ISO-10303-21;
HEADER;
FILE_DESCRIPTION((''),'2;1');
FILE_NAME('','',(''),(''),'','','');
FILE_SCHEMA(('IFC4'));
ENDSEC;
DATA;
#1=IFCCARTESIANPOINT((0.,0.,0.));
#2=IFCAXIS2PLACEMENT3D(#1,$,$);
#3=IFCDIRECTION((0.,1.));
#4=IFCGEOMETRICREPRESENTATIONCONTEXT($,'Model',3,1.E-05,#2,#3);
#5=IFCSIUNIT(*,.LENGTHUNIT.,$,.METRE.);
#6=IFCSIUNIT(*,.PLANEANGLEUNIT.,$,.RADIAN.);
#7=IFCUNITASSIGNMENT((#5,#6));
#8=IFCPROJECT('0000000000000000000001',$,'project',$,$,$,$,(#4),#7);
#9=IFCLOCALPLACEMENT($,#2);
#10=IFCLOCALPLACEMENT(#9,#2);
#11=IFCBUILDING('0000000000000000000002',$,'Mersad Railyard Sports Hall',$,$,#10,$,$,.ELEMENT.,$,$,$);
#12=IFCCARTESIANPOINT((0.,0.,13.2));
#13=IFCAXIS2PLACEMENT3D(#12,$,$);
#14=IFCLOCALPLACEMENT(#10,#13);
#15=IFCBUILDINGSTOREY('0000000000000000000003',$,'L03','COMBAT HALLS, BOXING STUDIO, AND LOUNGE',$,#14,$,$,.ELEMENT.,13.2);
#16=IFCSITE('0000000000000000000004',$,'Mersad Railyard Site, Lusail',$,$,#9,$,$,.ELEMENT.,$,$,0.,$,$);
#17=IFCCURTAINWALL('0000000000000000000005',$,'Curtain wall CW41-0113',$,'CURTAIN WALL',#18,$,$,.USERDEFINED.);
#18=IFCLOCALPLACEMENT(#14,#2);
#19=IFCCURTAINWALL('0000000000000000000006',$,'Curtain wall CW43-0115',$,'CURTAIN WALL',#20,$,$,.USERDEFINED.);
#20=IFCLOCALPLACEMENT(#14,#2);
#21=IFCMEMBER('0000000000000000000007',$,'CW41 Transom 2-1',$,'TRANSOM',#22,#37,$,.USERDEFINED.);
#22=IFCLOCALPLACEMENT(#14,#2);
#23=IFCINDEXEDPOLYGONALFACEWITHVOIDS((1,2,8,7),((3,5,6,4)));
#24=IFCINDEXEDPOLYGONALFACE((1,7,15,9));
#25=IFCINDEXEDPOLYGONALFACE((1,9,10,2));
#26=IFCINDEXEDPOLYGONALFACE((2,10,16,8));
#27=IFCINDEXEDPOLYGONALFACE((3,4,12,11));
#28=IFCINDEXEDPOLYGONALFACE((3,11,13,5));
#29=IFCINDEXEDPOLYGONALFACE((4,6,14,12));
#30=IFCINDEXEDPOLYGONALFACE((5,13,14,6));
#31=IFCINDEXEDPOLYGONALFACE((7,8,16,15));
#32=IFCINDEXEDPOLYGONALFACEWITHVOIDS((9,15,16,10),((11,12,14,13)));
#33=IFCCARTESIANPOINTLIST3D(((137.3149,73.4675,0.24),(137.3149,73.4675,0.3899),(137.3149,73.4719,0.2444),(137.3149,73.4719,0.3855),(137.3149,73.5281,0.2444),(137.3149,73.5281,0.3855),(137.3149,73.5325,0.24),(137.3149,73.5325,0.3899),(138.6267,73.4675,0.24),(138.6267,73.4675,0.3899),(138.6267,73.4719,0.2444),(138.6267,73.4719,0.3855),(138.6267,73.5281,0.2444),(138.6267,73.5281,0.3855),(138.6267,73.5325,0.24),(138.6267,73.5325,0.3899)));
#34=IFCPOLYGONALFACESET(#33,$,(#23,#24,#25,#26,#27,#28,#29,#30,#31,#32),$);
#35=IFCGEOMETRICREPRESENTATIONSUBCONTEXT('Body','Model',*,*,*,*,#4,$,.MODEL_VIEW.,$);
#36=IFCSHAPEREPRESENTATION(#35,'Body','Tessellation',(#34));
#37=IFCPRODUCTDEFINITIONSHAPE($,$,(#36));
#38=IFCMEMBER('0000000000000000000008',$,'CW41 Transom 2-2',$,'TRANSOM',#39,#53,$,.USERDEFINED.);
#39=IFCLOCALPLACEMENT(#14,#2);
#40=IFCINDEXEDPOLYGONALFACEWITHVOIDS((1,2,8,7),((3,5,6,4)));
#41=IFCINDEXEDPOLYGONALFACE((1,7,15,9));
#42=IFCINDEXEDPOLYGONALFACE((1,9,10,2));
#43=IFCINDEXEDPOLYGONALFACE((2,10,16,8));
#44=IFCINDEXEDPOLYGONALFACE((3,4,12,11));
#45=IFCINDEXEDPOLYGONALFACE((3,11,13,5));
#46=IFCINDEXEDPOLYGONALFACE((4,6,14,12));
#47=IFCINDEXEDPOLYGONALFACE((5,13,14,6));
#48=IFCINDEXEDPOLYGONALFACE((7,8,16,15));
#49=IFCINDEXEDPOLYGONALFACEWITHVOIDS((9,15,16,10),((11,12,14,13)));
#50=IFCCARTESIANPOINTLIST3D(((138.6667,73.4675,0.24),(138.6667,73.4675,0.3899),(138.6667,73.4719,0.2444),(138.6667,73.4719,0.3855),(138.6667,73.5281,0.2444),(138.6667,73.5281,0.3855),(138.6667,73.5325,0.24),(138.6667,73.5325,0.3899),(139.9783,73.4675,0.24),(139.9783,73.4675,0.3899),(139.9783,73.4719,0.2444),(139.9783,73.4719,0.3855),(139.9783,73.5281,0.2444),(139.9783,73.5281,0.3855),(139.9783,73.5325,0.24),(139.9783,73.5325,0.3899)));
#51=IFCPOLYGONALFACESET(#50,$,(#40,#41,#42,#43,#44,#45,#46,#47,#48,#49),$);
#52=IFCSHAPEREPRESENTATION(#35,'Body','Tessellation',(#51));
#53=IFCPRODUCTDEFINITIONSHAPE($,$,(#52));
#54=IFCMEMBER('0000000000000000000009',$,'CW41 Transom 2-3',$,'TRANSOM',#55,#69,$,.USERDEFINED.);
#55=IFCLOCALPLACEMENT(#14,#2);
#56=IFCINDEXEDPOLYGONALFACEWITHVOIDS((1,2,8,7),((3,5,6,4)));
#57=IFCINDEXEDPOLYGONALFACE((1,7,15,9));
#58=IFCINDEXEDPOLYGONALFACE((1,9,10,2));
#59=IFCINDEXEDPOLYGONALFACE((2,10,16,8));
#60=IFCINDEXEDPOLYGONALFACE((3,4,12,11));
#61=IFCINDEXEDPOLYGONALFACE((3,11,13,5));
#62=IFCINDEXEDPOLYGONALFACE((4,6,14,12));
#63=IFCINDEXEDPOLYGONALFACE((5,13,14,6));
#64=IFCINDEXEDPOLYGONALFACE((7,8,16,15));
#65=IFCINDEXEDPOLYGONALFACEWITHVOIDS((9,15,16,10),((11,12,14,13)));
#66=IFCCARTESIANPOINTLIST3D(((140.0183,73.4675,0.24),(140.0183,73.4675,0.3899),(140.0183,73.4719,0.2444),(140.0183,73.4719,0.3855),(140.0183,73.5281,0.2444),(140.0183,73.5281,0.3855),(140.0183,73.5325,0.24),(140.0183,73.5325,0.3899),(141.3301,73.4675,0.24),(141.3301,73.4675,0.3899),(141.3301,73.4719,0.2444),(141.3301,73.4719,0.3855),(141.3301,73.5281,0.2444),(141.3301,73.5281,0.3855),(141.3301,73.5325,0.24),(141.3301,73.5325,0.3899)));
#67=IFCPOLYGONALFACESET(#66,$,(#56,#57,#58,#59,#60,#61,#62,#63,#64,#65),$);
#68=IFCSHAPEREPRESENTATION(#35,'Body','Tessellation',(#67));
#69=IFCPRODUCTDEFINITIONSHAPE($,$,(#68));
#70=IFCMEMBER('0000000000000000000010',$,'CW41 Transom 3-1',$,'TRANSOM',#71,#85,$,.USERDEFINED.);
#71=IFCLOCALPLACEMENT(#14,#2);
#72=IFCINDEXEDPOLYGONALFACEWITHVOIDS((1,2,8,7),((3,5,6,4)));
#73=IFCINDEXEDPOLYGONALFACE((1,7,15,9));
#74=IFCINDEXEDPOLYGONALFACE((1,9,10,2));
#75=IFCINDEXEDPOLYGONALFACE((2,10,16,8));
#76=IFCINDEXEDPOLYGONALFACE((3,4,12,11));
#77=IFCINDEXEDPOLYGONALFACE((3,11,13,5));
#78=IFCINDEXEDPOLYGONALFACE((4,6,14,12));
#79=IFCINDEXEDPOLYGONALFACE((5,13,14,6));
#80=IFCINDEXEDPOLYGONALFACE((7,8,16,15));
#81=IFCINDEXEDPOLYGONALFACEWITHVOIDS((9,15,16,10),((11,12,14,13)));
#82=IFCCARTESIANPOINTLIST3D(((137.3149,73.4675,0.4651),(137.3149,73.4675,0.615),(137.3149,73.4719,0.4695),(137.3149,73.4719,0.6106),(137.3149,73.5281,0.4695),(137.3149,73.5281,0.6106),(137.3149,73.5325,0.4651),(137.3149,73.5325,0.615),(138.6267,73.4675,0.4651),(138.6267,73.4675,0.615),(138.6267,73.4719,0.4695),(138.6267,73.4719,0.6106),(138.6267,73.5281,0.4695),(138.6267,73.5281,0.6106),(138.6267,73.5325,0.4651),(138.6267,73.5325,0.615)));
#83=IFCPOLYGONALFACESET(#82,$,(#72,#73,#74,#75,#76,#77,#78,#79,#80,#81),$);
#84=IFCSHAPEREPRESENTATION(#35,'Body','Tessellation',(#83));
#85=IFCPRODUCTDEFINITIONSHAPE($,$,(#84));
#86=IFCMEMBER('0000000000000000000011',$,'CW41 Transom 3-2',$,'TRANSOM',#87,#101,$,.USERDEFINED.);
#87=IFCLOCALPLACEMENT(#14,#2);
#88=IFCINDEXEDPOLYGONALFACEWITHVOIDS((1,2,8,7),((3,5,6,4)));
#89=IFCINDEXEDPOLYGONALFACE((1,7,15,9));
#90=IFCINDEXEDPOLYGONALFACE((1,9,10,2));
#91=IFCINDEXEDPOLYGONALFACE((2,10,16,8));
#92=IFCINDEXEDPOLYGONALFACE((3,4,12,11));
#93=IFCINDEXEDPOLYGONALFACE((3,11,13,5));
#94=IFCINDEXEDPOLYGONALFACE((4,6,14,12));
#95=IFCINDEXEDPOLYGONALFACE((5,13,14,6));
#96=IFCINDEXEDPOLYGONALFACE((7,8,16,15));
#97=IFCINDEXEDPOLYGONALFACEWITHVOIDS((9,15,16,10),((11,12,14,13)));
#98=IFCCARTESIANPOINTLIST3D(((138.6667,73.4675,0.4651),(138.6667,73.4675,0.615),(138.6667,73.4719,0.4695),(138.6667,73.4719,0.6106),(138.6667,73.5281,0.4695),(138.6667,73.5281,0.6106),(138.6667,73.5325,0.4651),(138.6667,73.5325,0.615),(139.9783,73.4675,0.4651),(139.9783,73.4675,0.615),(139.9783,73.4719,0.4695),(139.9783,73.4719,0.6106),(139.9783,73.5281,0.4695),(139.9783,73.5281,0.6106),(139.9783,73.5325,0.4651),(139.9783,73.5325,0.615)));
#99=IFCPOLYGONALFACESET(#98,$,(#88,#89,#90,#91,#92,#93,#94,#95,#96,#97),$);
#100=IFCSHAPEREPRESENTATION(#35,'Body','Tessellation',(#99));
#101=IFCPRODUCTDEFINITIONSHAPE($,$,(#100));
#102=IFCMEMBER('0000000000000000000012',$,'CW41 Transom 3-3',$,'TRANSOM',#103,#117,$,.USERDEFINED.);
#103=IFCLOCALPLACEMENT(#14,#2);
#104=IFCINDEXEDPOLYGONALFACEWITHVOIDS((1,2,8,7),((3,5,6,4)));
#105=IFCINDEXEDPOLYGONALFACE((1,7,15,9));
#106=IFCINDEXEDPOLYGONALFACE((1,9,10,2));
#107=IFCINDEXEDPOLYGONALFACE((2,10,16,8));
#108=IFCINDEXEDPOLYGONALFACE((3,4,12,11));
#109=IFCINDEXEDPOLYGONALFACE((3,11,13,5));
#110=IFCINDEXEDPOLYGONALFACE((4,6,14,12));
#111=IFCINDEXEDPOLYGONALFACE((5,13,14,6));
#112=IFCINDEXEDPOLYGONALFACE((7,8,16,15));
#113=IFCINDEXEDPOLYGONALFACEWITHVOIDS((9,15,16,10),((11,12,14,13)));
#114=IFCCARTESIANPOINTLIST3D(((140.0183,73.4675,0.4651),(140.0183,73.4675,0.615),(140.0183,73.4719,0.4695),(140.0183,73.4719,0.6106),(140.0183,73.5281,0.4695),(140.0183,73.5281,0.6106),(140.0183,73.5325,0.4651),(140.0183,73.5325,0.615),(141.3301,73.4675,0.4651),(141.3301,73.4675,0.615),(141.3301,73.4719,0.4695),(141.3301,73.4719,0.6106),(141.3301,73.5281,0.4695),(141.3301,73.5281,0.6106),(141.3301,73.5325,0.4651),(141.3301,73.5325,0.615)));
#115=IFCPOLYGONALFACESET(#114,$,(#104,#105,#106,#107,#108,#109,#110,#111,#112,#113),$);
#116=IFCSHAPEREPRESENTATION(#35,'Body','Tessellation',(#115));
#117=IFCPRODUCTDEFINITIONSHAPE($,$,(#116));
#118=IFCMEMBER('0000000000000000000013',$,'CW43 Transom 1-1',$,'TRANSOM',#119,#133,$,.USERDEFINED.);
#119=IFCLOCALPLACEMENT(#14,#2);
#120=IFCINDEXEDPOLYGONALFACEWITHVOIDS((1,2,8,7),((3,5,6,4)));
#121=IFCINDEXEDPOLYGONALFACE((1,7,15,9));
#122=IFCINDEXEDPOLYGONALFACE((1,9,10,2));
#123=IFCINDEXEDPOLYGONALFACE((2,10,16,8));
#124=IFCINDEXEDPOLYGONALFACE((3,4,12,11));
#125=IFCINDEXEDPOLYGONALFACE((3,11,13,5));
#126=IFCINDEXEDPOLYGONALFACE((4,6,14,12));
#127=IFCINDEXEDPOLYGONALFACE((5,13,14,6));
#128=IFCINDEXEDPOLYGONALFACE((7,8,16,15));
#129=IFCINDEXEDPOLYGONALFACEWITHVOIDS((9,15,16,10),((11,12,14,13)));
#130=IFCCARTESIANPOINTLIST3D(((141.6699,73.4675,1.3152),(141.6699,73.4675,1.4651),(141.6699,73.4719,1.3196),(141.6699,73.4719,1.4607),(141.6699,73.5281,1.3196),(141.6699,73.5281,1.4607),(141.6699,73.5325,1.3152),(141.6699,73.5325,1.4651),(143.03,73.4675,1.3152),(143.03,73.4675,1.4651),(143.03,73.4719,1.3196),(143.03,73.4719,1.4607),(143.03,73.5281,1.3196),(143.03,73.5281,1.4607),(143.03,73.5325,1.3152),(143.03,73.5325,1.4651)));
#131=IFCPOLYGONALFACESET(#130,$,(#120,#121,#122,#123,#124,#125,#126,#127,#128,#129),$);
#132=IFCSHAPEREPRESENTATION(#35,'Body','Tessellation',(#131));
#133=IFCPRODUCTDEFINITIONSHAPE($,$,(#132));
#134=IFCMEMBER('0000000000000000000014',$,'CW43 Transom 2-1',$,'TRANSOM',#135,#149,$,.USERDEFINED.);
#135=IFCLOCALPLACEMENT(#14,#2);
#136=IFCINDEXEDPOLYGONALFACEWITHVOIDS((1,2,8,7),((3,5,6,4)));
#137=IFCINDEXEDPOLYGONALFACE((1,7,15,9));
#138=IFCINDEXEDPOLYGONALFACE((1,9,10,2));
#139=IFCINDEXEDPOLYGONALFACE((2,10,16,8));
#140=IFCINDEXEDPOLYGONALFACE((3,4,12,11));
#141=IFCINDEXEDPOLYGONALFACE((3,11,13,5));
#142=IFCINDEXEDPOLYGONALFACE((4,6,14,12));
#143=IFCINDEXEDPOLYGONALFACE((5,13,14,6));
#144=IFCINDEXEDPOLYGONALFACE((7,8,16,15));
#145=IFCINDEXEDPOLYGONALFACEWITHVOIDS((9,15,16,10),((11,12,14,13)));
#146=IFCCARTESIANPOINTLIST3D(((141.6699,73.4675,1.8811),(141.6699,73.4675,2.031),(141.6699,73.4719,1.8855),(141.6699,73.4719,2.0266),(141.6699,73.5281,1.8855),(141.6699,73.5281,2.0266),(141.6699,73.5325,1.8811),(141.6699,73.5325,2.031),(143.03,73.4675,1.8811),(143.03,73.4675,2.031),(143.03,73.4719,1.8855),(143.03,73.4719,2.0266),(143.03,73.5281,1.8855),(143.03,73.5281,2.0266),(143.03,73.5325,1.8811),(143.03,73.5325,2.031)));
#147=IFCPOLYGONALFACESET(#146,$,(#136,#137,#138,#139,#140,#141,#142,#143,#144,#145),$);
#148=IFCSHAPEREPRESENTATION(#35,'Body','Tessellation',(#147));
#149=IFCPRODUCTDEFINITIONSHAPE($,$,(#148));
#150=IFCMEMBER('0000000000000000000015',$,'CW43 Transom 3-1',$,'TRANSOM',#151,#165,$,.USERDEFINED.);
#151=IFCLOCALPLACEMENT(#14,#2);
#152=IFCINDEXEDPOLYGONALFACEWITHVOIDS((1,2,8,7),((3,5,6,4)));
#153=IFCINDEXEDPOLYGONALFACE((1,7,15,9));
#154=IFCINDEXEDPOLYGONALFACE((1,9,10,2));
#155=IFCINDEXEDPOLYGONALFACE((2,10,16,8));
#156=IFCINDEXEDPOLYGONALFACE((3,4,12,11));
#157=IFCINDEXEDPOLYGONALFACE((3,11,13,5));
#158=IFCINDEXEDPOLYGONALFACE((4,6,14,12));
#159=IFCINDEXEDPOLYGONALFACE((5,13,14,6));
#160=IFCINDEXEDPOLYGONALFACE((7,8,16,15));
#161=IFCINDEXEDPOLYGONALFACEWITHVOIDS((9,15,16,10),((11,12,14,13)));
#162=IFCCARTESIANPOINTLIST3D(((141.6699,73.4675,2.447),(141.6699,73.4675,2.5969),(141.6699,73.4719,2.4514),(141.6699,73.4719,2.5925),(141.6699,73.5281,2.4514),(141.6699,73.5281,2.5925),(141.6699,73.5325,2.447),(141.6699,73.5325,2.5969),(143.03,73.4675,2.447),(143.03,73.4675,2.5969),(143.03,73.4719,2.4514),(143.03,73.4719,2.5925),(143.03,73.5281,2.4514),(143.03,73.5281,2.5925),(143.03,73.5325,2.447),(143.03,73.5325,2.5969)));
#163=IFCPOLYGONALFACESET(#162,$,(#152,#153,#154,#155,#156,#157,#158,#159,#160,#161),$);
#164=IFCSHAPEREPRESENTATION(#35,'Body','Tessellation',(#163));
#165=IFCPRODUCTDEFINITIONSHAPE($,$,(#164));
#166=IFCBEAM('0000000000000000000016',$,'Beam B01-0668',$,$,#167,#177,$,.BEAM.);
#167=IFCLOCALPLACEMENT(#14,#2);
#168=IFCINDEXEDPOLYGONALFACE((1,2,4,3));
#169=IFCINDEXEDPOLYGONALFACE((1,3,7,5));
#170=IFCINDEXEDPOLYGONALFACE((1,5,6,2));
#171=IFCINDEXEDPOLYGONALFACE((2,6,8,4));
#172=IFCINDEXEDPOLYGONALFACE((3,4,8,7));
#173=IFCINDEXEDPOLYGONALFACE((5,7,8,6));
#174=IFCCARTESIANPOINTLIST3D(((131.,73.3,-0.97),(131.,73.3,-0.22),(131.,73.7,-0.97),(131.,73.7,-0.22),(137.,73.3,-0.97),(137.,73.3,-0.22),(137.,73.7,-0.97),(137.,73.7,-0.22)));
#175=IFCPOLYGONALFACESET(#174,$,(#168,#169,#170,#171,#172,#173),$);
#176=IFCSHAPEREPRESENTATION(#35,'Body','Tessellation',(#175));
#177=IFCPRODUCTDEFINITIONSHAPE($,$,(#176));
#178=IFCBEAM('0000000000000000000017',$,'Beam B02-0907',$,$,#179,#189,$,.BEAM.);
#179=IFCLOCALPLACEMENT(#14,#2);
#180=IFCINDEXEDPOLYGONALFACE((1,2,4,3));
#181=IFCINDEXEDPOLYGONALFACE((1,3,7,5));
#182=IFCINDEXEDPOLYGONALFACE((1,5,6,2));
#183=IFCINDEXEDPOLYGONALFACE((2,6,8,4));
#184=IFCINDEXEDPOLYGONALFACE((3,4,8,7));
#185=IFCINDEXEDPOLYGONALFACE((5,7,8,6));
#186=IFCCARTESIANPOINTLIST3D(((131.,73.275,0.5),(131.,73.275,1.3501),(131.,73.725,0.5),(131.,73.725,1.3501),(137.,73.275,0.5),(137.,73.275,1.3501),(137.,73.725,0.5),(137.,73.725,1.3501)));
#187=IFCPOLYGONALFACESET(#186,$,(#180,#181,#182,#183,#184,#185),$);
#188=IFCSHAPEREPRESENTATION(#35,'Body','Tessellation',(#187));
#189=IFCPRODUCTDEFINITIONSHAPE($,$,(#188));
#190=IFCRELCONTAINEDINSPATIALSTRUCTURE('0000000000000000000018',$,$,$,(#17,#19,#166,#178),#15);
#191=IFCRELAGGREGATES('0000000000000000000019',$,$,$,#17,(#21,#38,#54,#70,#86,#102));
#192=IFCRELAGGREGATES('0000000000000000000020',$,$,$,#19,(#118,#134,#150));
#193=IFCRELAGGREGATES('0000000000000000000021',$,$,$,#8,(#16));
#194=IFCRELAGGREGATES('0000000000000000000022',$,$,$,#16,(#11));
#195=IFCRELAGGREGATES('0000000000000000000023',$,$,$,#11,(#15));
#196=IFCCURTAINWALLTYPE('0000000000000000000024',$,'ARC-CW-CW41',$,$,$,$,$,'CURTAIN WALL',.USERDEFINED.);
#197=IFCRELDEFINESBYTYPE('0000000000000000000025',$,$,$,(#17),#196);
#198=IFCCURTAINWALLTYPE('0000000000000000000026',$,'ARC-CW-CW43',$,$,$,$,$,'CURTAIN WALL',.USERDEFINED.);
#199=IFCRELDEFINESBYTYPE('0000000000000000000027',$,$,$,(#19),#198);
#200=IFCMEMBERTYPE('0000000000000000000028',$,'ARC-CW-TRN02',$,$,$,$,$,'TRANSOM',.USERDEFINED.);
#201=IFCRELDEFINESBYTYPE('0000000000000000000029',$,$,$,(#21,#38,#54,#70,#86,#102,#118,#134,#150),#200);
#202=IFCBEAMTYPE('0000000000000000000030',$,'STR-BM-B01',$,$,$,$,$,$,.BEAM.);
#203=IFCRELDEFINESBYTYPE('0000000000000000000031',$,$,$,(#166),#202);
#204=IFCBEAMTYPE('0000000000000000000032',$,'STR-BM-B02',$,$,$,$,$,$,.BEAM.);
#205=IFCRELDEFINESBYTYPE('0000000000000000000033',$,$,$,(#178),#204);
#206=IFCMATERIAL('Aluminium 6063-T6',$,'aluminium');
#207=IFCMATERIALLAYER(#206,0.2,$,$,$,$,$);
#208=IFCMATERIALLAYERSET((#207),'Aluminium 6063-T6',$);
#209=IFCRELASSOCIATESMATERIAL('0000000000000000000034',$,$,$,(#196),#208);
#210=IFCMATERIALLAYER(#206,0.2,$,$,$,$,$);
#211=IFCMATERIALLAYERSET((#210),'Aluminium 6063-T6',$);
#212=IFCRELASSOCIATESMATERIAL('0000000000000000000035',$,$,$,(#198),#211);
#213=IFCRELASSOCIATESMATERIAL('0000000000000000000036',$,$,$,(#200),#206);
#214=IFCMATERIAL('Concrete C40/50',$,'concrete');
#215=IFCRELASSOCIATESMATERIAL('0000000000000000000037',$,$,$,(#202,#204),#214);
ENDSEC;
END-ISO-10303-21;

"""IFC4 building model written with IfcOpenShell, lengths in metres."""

from ifc_helpers import new_model, si_unit, direction, frame, origin, origin_2d, place, context, subcontext, project, spatial, rectangle, hollow_rectangle, extrude, material, layer, layer_set, material_profile, profile_set, type_object, element, aggregate, save


model = new_model("IFC4")

# Units and contexts
model_context = context("Model", 3, precision=1e-05, world=origin(), true_north=direction((0.0, 1.0)))
body_context = subcontext(model_context, "Body", "Model", "MODEL_VIEW")
ifc_project = project(units=[si_unit("LENGTHUNIT", "METRE"), si_unit("PLANEANGLEUNIT", "RADIAN")], contexts=[model_context])

# Site, building, storey
site_placement = place(None, origin())
site = spatial("IfcSite", under=ifc_project, at=site_placement, Name="Mersad Railyard Site, Lusail", CompositionType="ELEMENT", RefElevation=0.0)
building_placement = place(site_placement, origin())
building = spatial("IfcBuilding", under=site, at=building_placement, Name="Mersad Railyard Sports Hall", CompositionType="ELEMENT")
storey_placement = place(building_placement, frame((0.0, 0.0, 13.2)))
storey = spatial("IfcBuildingStorey", under=building, at=storey_placement, Name="L03", Description="COMBAT HALLS, BOXING STUDIO, AND LOUNGE", CompositionType="ELEMENT", Elevation=13.2)

# Shared definitions
ifc_material_1 = material(Name="Concrete C40/50", Category="concrete")

# Curtain wall
ifc_material_2 = material(Name="Aluminium 6063-T6", Category="aluminium")
ifc_layer_1 = layer(ifc_material_2, 0.2)
ifc_layer_set_1 = layer_set([ifc_layer_1], Name="Aluminium 6063-T6")
curtain_wall_type_1 = type_object("IfcCurtainWallType", Name="ARC-CW-CW41", ElementType="CURTAIN WALL", PredefinedType="USERDEFINED", material=ifc_layer_set_1)
curtain_wall_1_placement = place(storey_placement, origin())
curtain_wall_1 = element("IfcCurtainWall", 1, at=curtain_wall_1_placement, inside=storey, type_object=curtain_wall_type_1, Name="Curtain wall CW41-0113", ObjectType="CURTAIN WALL", PredefinedType="USERDEFINED")

# Curtain wall
ifc_layer_2 = layer(ifc_material_2, 0.2)
ifc_layer_set_2 = layer_set([ifc_layer_2], Name="Aluminium 6063-T6")
curtain_wall_type_2 = type_object("IfcCurtainWallType", Name="ARC-CW-CW43", ElementType="CURTAIN WALL", PredefinedType="USERDEFINED", material=ifc_layer_set_2)
curtain_wall_2_placement = place(storey_placement, origin())
curtain_wall_2 = element("IfcCurtainWall", 2, at=curtain_wall_2_placement, inside=storey, type_object=curtain_wall_type_2, Name="Curtain wall CW43-0115", ObjectType="CURTAIN WALL", PredefinedType="USERDEFINED")

# Members
ifc_material_profile_1 = material_profile(ifc_material_2, hollow_rectangle(XDim=0.0649, YDim=0.1499, WallThickness=0.0044, at=origin_2d()), Name="AL TRANSOM 65x150x4.5")
ifc_profile_set_1 = profile_set([ifc_material_profile_1], Name="Aluminium 6063-T6")
member_type_1 = type_object("IfcMemberType", Name="ARC-CW-TRN02", ElementType="TRANSOM", PredefinedType="USERDEFINED", material=ifc_profile_set_1)
member_1_placement = place(storey_placement, frame((137.3149, 73.5, 0.3149), z_axis=(1.0, 0.0, 0.0), x_axis=(0.0, 1.0, 0.0)))
member_1 = element("IfcMember", 3, at=member_1_placement, type_object=member_type_1, Name="CW41 Transom 2-1", ObjectType="TRANSOM", PredefinedType="USERDEFINED", context=body_context, shape_type="SweptSolid", body=[
    extrude(hollow_rectangle(XDim=0.0649, YDim=0.1499, WallThickness=0.0044, at=origin_2d()), origin(), (0.0, 0.0, 1.0), 1.3118),
])
member_2_placement = place(storey_placement, frame((138.6667, 73.5, 0.3149), z_axis=(1.0, 0.0, 0.0), x_axis=(0.0, 1.0, 0.0)))
member_2 = element("IfcMember", 4, at=member_2_placement, type_object=member_type_1, Name="CW41 Transom 2-2", ObjectType="TRANSOM", PredefinedType="USERDEFINED", context=body_context, shape_type="SweptSolid", body=[
    extrude(hollow_rectangle(XDim=0.0649, YDim=0.1499, WallThickness=0.0044, at=origin_2d()), origin(), (0.0, 0.0, 1.0), 1.3115),
])
member_3_placement = place(storey_placement, frame((140.0183, 73.5, 0.3149), z_axis=(1.0, 0.0, 0.0), x_axis=(0.0, 1.0, 0.0)))
member_3 = element("IfcMember", 5, at=member_3_placement, type_object=member_type_1, Name="CW41 Transom 2-3", ObjectType="TRANSOM", PredefinedType="USERDEFINED", context=body_context, shape_type="SweptSolid", body=[
    extrude(hollow_rectangle(XDim=0.0649, YDim=0.1499, WallThickness=0.0044, at=origin_2d()), origin(), (0.0, 0.0, 1.0), 1.3118),
])
member_4_placement = place(storey_placement, frame((137.3149, 73.5, 0.54), z_axis=(1.0, 0.0, 0.0), x_axis=(0.0, 1.0, 0.0)))
member_4 = element("IfcMember", 6, at=member_4_placement, type_object=member_type_1, Name="CW41 Transom 3-1", ObjectType="TRANSOM", PredefinedType="USERDEFINED", context=body_context, shape_type="SweptSolid", body=[
    extrude(hollow_rectangle(XDim=0.0649, YDim=0.1499, WallThickness=0.0044, at=origin_2d()), origin(), (0.0, 0.0, 1.0), 1.3118),
])
member_5_placement = place(storey_placement, frame((138.6667, 73.5, 0.54), z_axis=(1.0, 0.0, 0.0), x_axis=(0.0, 1.0, 0.0)))
member_5 = element("IfcMember", 7, at=member_5_placement, type_object=member_type_1, Name="CW41 Transom 3-2", ObjectType="TRANSOM", PredefinedType="USERDEFINED", context=body_context, shape_type="SweptSolid", body=[
    extrude(hollow_rectangle(XDim=0.0649, YDim=0.1499, WallThickness=0.0044, at=origin_2d()), origin(), (0.0, 0.0, 1.0), 1.3115),
])
member_6_placement = place(storey_placement, frame((140.0183, 73.5, 0.54), z_axis=(1.0, 0.0, 0.0), x_axis=(0.0, 1.0, 0.0)))
member_6 = element("IfcMember", 8, at=member_6_placement, type_object=member_type_1, Name="CW41 Transom 3-3", ObjectType="TRANSOM", PredefinedType="USERDEFINED", context=body_context, shape_type="SweptSolid", body=[
    extrude(hollow_rectangle(XDim=0.0649, YDim=0.1499, WallThickness=0.0044, at=origin_2d()), origin(), (0.0, 0.0, 1.0), 1.3118),
])
aggregate(curtain_wall_1, [member_1, member_2, member_3, member_4, member_5, member_6])
member_7_placement = place(storey_placement, frame((141.6699, 73.5, 1.3901), z_axis=(1.0, 0.0, 0.0), x_axis=(0.0, 1.0, 0.0)))
member_7 = element("IfcMember", 9, at=member_7_placement, type_object=member_type_1, Name="CW43 Transom 1-1", ObjectType="TRANSOM", PredefinedType="USERDEFINED", context=body_context, shape_type="SweptSolid", body=[
    extrude(hollow_rectangle(XDim=0.0649, YDim=0.1499, WallThickness=0.0044, at=origin_2d()), origin(), (0.0, 0.0, 1.0), 1.3601),
])
member_8_placement = place(storey_placement, frame((141.6699, 73.5, 1.9561), z_axis=(1.0, 0.0, 0.0), x_axis=(0.0, 1.0, 0.0)))
member_8 = element("IfcMember", 10, at=member_8_placement, type_object=member_type_1, Name="CW43 Transom 2-1", ObjectType="TRANSOM", PredefinedType="USERDEFINED", context=body_context, shape_type="SweptSolid", body=[
    extrude(hollow_rectangle(XDim=0.0649, YDim=0.1499, WallThickness=0.0044, at=origin_2d()), origin(), (0.0, 0.0, 1.0), 1.3601),
])
member_9_placement = place(storey_placement, frame((141.6699, 73.5, 2.522), z_axis=(1.0, 0.0, 0.0), x_axis=(0.0, 1.0, 0.0)))
member_9 = element("IfcMember", 11, at=member_9_placement, type_object=member_type_1, Name="CW43 Transom 3-1", ObjectType="TRANSOM", PredefinedType="USERDEFINED", context=body_context, shape_type="SweptSolid", body=[
    extrude(hollow_rectangle(XDim=0.0649, YDim=0.1499, WallThickness=0.0044, at=origin_2d()), origin(), (0.0, 0.0, 1.0), 1.3601),
])

# Beams
ifc_material_profile_2 = material_profile(ifc_material_1, rectangle(XDim=0.3999, YDim=0.75, at=origin_2d()), Name="RC 400x750")
ifc_profile_set_2 = profile_set([ifc_material_profile_2], Name="Concrete C40/50")
beam_type_1 = type_object("IfcBeamType", Name="STR-BM-B01", PredefinedType="BEAM", material=ifc_profile_set_2)
beam_1_placement = place(storey_placement, frame((131.0, 73.5, -0.595), z_axis=(1.0, 0.0, 0.0), x_axis=(0.0, 1.0, 0.0)))
element("IfcBeam", 12, at=beam_1_placement, inside=storey, type_object=beam_type_1, Name="Beam B01-0668", PredefinedType="BEAM", context=body_context, shape_type="SweptSolid", body=[
    extrude(rectangle(XDim=0.3999, YDim=0.75, at=origin_2d()), origin(), (0.0, 0.0, 1.0), 6.0),
])
ifc_material_profile_3 = material_profile(ifc_material_1, rectangle(XDim=0.45, YDim=0.8501, at=origin_2d()), Name="RC 450x850")
ifc_profile_set_3 = profile_set([ifc_material_profile_3], Name="Concrete C40/50")
beam_type_2 = type_object("IfcBeamType", Name="STR-BM-B02", PredefinedType="BEAM", material=ifc_profile_set_3)
beam_2_placement = place(storey_placement, frame((131.0, 73.5, 0.925), z_axis=(1.0, 0.0, 0.0), x_axis=(0.0, 1.0, 0.0)))
element("IfcBeam", 13, at=beam_2_placement, inside=storey, type_object=beam_type_2, Name="Beam B02-0907", PredefinedType="BEAM", context=body_context, shape_type="SweptSolid", body=[
    extrude(rectangle(XDim=0.45, YDim=0.8501, at=origin_2d()), origin(), (0.0, 0.0, 1.0), 6.0),
])

aggregate(curtain_wall_2, [member_7, member_8, member_9])

save(model, "model.ifc")
